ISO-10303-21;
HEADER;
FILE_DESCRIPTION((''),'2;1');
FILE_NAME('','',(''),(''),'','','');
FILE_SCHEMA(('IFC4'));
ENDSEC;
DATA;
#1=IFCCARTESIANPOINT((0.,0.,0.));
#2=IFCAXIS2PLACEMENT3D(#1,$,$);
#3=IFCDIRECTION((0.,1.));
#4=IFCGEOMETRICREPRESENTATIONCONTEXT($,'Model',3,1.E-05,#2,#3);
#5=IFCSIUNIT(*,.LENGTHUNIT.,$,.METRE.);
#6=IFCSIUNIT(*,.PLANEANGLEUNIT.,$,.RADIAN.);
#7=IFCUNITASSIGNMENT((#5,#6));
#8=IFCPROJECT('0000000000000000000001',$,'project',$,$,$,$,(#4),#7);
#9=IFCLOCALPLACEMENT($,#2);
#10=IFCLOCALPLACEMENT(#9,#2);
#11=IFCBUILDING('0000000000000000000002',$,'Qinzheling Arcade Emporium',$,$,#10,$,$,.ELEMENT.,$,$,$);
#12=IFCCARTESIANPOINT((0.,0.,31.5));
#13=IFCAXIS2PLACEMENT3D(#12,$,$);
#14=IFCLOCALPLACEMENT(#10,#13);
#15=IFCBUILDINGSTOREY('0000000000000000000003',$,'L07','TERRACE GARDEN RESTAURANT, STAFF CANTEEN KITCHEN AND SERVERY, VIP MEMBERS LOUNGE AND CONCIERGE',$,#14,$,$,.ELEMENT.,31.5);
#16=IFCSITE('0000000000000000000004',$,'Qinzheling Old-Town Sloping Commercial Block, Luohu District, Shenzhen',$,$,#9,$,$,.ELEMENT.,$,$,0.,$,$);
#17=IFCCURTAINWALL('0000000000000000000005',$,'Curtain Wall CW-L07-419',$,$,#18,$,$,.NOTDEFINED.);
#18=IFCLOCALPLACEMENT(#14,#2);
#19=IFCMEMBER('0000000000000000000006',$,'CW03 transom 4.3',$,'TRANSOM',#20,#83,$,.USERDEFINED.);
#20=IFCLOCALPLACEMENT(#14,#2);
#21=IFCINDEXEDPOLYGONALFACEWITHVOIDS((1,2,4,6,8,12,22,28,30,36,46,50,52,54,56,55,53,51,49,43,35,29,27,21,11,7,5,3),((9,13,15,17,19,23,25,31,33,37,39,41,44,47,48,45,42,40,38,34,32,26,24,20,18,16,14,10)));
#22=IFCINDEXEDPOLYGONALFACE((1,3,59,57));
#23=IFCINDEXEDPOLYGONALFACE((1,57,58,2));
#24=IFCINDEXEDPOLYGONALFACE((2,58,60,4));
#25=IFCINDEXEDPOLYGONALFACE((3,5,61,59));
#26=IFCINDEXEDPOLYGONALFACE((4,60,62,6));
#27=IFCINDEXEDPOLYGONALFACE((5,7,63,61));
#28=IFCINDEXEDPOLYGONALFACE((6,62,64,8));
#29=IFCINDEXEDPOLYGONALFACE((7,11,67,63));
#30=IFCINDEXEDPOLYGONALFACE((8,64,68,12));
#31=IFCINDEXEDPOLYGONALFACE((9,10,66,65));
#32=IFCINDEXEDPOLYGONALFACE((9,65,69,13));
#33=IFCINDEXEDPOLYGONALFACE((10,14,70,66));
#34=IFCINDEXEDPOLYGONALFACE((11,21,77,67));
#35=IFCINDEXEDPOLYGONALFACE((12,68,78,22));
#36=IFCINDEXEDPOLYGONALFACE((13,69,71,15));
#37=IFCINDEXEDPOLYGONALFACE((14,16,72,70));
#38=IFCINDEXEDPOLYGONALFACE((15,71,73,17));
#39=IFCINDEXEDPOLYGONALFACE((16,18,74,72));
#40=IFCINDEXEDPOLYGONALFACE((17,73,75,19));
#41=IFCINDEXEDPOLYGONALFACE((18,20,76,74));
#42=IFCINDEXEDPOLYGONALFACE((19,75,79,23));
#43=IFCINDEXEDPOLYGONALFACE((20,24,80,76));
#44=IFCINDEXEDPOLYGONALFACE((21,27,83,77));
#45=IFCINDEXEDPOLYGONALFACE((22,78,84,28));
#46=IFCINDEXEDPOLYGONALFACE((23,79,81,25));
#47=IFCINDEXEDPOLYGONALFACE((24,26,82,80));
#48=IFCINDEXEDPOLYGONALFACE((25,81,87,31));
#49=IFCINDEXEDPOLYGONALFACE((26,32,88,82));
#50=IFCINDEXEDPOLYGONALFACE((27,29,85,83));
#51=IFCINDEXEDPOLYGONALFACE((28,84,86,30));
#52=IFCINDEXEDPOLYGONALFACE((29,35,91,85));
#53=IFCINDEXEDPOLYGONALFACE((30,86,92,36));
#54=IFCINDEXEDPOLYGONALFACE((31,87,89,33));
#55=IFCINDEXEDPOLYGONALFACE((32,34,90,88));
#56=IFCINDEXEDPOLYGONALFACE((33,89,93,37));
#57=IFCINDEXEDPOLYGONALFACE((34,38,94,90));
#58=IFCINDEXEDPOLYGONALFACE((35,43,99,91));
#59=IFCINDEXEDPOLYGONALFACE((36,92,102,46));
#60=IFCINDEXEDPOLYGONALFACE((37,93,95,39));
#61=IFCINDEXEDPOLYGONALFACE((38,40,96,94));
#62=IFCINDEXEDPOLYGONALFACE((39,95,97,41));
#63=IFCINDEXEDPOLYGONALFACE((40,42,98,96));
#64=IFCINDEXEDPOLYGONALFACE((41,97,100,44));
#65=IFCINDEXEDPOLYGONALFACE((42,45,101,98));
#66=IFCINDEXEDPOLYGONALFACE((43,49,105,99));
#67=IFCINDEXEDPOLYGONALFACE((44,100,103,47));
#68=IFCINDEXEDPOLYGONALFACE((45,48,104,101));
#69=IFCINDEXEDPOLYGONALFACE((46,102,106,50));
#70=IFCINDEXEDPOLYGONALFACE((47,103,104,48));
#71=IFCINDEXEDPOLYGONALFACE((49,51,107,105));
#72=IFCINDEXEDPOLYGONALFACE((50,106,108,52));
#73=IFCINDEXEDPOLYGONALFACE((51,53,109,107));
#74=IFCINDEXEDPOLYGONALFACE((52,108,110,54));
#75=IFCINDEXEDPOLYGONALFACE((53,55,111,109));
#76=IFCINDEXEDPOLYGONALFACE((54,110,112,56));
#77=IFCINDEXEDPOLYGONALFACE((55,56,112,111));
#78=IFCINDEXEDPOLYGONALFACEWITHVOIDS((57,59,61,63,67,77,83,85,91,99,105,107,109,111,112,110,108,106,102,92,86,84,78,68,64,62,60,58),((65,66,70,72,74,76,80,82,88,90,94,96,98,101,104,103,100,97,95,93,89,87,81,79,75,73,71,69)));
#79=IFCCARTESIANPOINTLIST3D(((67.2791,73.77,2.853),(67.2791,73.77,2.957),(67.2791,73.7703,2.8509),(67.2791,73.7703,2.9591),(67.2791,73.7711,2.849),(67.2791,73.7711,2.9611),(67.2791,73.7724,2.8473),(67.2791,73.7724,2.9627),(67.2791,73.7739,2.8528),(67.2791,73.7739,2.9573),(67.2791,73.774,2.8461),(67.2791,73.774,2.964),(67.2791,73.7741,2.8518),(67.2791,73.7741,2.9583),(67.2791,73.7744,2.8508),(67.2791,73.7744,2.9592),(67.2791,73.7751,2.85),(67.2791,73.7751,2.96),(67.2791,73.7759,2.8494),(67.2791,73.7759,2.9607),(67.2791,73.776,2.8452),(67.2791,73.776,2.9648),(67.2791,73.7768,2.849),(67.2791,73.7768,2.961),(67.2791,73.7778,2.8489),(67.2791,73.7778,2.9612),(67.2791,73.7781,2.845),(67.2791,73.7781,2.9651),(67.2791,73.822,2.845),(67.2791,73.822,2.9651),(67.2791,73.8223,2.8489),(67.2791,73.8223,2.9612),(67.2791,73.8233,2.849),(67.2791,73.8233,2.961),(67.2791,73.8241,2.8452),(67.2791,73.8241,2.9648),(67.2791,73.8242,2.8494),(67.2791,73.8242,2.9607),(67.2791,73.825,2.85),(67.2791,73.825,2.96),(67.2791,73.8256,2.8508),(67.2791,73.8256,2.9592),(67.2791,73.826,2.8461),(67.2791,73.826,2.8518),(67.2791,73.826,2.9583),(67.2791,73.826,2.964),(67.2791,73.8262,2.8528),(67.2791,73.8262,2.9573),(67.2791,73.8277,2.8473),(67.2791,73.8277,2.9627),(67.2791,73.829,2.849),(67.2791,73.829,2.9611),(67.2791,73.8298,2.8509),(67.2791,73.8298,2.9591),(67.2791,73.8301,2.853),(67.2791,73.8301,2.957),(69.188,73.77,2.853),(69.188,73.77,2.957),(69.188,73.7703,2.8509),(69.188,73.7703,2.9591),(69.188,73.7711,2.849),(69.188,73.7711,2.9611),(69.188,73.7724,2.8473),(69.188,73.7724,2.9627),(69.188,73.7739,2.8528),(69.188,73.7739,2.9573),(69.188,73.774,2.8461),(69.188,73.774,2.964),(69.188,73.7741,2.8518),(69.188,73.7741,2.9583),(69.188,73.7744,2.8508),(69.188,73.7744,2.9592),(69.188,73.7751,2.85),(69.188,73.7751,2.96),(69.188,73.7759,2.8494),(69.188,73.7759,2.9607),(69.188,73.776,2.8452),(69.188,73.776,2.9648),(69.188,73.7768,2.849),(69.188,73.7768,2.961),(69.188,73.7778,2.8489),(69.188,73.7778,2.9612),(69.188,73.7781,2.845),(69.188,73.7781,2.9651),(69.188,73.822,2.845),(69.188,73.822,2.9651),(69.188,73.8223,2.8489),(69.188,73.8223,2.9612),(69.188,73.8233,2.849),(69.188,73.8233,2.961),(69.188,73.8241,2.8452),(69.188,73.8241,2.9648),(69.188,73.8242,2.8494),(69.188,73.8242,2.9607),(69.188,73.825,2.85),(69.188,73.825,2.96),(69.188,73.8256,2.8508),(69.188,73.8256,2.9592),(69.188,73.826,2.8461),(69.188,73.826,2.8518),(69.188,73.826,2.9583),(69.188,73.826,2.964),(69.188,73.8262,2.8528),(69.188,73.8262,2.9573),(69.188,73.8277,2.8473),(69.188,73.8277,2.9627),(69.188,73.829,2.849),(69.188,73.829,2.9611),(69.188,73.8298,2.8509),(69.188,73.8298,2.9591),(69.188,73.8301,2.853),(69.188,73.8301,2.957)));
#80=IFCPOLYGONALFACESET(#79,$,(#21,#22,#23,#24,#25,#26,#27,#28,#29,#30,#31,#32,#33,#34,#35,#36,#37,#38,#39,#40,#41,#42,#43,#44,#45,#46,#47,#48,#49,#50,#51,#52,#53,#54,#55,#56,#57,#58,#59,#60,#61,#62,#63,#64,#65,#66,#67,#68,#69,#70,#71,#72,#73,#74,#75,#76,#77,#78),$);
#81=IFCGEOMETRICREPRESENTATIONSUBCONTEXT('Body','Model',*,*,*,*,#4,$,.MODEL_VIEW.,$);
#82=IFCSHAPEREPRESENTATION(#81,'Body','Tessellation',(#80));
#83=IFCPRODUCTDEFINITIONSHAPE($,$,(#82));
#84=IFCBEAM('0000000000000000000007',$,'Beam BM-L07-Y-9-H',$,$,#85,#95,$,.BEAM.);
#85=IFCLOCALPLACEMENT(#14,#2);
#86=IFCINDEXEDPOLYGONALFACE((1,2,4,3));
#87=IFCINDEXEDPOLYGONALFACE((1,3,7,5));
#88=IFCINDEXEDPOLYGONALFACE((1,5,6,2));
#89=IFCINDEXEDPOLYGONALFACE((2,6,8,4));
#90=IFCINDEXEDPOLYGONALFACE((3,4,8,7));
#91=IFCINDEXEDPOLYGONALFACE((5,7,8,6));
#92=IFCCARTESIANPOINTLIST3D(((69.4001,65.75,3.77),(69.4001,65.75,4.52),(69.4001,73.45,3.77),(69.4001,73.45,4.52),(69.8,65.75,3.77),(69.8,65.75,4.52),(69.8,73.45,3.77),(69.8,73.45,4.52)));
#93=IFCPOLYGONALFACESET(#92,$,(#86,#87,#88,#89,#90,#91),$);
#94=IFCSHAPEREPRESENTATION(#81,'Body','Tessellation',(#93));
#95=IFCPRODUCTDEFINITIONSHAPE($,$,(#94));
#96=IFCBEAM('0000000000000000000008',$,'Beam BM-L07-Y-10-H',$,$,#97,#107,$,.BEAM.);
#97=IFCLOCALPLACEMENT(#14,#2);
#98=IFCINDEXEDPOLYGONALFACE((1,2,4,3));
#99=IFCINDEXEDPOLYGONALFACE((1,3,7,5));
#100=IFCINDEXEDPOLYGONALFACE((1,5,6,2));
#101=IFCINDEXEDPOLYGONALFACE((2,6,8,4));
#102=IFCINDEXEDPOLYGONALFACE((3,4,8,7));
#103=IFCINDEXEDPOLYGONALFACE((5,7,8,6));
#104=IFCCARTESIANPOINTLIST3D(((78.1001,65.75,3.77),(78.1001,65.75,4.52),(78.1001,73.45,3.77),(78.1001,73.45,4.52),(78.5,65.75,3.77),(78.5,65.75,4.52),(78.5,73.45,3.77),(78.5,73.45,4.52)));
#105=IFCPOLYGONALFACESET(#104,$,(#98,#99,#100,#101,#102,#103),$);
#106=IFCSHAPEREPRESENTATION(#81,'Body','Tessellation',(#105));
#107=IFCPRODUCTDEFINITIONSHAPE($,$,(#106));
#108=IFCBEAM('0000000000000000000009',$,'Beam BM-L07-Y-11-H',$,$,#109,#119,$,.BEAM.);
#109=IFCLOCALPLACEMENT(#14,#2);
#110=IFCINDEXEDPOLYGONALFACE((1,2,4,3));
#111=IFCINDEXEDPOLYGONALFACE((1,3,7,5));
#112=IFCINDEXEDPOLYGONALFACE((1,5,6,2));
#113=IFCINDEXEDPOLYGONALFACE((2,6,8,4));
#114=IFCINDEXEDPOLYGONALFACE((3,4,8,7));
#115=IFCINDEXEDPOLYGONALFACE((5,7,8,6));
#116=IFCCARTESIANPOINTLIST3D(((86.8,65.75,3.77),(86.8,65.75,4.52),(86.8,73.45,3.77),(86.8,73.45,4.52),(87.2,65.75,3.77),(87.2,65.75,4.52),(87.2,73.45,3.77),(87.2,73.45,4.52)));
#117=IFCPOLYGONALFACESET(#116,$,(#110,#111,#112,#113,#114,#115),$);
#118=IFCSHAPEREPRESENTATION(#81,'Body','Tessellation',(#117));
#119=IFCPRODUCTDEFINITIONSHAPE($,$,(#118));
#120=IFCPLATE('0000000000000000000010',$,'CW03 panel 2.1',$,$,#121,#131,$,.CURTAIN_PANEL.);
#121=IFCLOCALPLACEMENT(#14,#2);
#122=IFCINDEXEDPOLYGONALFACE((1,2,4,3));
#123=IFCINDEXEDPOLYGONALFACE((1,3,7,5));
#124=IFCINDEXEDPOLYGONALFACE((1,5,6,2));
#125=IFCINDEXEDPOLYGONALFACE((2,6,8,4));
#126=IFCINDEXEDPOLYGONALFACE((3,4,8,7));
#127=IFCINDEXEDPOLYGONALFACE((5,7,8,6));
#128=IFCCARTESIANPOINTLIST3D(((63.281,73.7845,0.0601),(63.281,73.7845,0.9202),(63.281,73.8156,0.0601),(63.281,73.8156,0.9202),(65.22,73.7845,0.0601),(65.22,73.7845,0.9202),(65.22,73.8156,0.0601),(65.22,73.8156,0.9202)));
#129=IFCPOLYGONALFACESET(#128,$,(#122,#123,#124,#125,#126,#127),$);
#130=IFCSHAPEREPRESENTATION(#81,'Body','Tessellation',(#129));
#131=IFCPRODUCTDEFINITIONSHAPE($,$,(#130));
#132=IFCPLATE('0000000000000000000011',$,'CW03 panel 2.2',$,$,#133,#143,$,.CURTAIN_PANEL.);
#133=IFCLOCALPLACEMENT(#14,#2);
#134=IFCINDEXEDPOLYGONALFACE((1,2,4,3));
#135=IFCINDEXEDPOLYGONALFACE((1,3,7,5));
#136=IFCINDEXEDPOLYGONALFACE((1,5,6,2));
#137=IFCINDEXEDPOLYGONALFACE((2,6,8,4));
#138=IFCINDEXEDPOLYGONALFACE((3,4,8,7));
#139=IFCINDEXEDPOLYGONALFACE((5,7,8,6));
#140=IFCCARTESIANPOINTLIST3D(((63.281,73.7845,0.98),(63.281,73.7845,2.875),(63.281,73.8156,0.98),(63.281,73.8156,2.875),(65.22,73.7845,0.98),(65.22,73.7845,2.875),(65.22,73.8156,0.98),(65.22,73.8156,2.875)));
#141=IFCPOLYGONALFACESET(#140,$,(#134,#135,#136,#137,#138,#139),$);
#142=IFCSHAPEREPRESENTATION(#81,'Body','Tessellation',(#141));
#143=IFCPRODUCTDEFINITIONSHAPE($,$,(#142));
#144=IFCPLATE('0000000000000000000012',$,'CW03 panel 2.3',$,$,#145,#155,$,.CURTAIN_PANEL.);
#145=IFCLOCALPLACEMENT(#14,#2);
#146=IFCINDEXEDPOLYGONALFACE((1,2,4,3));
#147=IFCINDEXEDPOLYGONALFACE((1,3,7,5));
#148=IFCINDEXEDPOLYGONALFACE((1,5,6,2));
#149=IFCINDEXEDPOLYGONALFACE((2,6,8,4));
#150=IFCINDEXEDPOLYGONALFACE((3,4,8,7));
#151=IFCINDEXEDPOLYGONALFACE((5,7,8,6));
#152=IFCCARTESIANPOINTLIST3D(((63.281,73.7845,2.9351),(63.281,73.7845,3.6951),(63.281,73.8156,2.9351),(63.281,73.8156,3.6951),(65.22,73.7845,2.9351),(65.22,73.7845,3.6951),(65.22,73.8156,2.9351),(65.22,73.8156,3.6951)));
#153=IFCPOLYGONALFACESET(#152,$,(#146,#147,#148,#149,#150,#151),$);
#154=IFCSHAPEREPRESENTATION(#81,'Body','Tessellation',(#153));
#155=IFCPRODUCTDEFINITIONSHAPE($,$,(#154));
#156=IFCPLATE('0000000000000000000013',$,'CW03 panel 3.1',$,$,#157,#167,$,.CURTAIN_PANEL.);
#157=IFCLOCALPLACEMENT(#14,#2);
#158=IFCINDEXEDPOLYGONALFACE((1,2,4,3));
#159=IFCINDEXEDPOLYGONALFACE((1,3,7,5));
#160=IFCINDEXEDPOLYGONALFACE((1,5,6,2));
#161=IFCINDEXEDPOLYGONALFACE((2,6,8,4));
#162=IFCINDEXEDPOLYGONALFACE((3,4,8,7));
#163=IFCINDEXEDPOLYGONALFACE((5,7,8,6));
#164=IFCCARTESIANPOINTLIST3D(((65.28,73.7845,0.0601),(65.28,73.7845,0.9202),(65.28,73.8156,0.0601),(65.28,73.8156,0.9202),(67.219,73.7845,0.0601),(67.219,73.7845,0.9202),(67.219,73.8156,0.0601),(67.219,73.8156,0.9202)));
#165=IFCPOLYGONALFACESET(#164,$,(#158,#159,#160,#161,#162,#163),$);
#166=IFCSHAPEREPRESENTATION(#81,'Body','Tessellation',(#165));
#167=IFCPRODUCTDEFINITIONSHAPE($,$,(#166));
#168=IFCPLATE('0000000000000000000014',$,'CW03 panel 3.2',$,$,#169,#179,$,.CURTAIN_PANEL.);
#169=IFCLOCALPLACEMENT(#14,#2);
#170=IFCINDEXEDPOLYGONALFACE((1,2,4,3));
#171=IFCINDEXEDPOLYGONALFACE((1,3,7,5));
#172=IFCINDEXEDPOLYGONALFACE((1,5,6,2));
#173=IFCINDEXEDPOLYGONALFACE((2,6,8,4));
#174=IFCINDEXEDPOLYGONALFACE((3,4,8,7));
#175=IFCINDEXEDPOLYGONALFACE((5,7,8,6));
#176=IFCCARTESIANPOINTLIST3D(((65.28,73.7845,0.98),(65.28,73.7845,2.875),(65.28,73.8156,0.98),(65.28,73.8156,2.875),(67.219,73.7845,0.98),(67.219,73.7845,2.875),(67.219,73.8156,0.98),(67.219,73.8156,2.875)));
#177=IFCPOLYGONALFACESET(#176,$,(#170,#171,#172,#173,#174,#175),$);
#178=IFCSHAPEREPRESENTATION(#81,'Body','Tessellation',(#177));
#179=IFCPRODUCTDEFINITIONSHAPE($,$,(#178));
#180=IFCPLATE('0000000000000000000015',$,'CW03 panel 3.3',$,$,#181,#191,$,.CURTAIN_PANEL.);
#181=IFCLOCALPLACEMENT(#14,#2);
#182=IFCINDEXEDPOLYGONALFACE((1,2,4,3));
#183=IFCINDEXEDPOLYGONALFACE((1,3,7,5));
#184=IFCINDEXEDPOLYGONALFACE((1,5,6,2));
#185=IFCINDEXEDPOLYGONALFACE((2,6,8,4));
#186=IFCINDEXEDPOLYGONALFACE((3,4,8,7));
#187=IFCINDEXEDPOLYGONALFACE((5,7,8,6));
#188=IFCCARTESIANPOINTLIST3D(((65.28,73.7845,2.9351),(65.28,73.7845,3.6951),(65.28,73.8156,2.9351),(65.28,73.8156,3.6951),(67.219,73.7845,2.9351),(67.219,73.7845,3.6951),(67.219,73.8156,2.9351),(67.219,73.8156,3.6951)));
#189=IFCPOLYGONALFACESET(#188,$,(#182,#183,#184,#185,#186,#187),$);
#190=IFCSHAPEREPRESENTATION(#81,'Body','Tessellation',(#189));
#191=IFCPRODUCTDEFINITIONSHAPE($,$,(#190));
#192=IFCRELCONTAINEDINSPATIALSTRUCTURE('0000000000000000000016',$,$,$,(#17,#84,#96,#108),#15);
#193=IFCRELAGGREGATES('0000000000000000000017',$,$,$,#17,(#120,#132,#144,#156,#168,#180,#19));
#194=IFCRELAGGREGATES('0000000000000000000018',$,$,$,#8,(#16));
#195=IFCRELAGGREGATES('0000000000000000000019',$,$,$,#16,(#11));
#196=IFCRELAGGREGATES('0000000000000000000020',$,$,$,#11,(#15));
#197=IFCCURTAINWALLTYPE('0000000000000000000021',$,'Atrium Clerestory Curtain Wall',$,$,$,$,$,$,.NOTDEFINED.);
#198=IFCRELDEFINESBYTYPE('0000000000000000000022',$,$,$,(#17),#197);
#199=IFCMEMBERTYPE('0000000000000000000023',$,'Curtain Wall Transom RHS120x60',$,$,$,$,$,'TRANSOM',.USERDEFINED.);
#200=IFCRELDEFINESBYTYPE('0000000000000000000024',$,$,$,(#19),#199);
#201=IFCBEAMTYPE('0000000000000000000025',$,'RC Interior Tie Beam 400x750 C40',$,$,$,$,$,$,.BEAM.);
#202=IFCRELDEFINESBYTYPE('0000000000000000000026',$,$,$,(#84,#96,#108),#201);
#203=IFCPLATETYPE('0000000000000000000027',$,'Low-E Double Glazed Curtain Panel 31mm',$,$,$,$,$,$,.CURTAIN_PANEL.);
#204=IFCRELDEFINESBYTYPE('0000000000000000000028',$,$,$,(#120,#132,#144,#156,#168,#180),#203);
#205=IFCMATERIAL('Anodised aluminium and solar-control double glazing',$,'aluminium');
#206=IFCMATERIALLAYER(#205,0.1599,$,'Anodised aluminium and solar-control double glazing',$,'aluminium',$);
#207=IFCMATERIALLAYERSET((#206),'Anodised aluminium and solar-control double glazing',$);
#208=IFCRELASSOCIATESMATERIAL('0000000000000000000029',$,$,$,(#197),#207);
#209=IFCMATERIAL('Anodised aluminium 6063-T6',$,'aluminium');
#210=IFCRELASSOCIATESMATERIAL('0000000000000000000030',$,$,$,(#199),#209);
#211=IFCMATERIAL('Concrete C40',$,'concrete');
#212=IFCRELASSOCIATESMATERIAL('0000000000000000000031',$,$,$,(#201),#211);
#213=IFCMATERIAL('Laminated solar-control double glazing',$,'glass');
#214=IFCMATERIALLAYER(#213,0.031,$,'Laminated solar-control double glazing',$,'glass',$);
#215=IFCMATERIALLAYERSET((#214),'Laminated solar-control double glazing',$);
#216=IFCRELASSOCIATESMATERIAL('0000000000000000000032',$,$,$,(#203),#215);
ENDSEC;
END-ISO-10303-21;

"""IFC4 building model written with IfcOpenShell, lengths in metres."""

from ifc_helpers import new_model, si_unit, direction, frame, origin, origin_2d, place, context, subcontext, project, spatial, rectangle, hollow_rectangle, extrude, material, layer, layer_set, material_profile, profile_set, type_object, element, aggregate, save


model = new_model("IFC4")

# Units and contexts
model_context = context("Model", 3, precision=1e-05, world=origin(), true_north=direction((0.0, 1.0)))
body_context = subcontext(model_context, "Body", "Model", "MODEL_VIEW")
ifc_project = project(units=[si_unit("LENGTHUNIT", "METRE"), si_unit("PLANEANGLEUNIT", "RADIAN")], contexts=[model_context])

# Site, building, storey
site_placement = place(None, origin())
site = spatial("IfcSite", under=ifc_project, at=site_placement, Name="Qinzheling Old-Town Sloping Commercial Block, Luohu District, Shenzhen", CompositionType="ELEMENT", RefElevation=0.0)
building_placement = place(site_placement, origin())
building = spatial("IfcBuilding", under=site, at=building_placement, Name="Qinzheling Arcade Emporium", CompositionType="ELEMENT")
storey_placement = place(building_placement, frame((0.0, 0.0, 31.5)))
storey = spatial("IfcBuildingStorey", under=building, at=storey_placement, Name="L07", Description="TERRACE GARDEN RESTAURANT, STAFF CANTEEN KITCHEN AND SERVERY, VIP MEMBERS LOUNGE AND CONCIERGE", CompositionType="ELEMENT", Elevation=31.5)

# Curtain wall, member
ifc_material_1 = material(Name="Anodised aluminium and solar-control double glazing", Category="aluminium")
ifc_layer_1 = layer(ifc_material_1, 0.1599, Name="Anodised aluminium and solar-control double glazing", Category="aluminium")
ifc_layer_set_1 = layer_set([ifc_layer_1], Name="Anodised aluminium and solar-control double glazing")
curtain_wall_type = type_object("IfcCurtainWallType", Name="Atrium Clerestory Curtain Wall", PredefinedType="NOTDEFINED", material=ifc_layer_set_1)
curtain_wall_placement = place(storey_placement, origin())
curtain_wall = element("IfcCurtainWall", 1, at=curtain_wall_placement, inside=storey, type_object=curtain_wall_type, Name="Curtain Wall CW-L07-419", PredefinedType="NOTDEFINED")
ifc_material_2 = material(Name="Anodised aluminium 6063-T6", Category="aluminium")
ifc_material_profile_1 = material_profile(ifc_material_2, hollow_rectangle(XDim=0.0601, YDim=0.1201, WallThickness=0.0039, InnerFilletRadius=0.0039, OuterFilletRadius=0.0081, at=origin_2d()), Name="RHS 120x60x4", Category="aluminium")
ifc_profile_set_1 = profile_set([ifc_material_profile_1], Name="Anodised aluminium 6063-T6")
member_type_1 = type_object("IfcMemberType", Name="Curtain Wall Transom RHS120x60", ElementType="TRANSOM", PredefinedType="USERDEFINED", material=ifc_profile_set_1)
member_1_placement = place(storey_placement, frame((67.2791, 73.8, 2.905), z_axis=(1.0, 0.0, 0.0), x_axis=(0.0, 1.0, 0.0)))
member_1 = element("IfcMember", 2, at=member_1_placement, type_object=member_type_1, Name="CW03 transom 4.3", ObjectType="TRANSOM", PredefinedType="USERDEFINED", context=body_context, shape_type="SweptSolid", body=[
    extrude(hollow_rectangle(XDim=0.0601, YDim=0.1201, WallThickness=0.0039, InnerFilletRadius=0.0039, OuterFilletRadius=0.0081, at=origin_2d()), origin(), (0.0, 0.0, 1.0), 1.9089),
])

# Beams
ifc_material_3 = material(Name="Concrete C40", Category="concrete")
ifc_material_profile_2 = material_profile(ifc_material_3, rectangle(XDim=0.3999, YDim=0.75, at=origin_2d()), Name="RC 400x750", Category="concrete")
ifc_profile_set_2 = profile_set([ifc_material_profile_2], Name="Concrete C40")
beam_type = type_object("IfcBeamType", Name="RC Interior Tie Beam 400x750 C40", PredefinedType="BEAM", material=ifc_profile_set_2)
for number, where, z_axis, x_axis, name in (
    (3, (69.6001, 65.75, 4.145), (0.0, 1.0, 0.0), (-1.0, 0.0, 0.0), "Beam BM-L07-Y-9-H"),
    (4, (78.3, 65.75, 4.145), (0.0, 1.0, 0.0), (-1.0, 0.0, 0.0), "Beam BM-L07-Y-10-H"),
    (5, (87.0, 65.75, 4.145), (0.0, 1.0, 0.0), (-1.0, 0.0, 0.0), "Beam BM-L07-Y-11-H"),
):
    element("IfcBeam", number, at=place(storey_placement, frame(where, z_axis=z_axis, x_axis=x_axis)), inside=storey, type_object=beam_type, Name=name, PredefinedType="BEAM", context=body_context, shape_type="SweptSolid", body=[
        extrude(rectangle(XDim=0.3999, YDim=0.75, at=origin_2d()), origin(), (0.0, 0.0, 1.0), 7.7),
    ])

# Plates
ifc_material_4 = material(Name="Laminated solar-control double glazing", Category="glass")
ifc_layer_2 = layer(ifc_material_4, 0.031, Name="Laminated solar-control double glazing", Category="glass")
ifc_layer_set_2 = layer_set([ifc_layer_2], Name="Laminated solar-control double glazing")
plate_type = type_object("IfcPlateType", Name="Low-E Double Glazed Curtain Panel 31mm", PredefinedType="CURTAIN_PANEL", material=ifc_layer_set_2)
plate_1_placement = place(storey_placement, frame((64.2505, 73.8, 0.0601), z_axis=(0.0, 0.0, 1.0), x_axis=(1.0, 0.0, 0.0)))
plate_1 = element("IfcPlate", 6, at=plate_1_placement, type_object=plate_type, Name="CW03 panel 2.1", PredefinedType="CURTAIN_PANEL", context=body_context, shape_type="SweptSolid", body=[
    extrude(rectangle(XDim=1.939, YDim=0.031, at=origin_2d()), origin(), (0.0, 0.0, 1.0), 0.8601),
])
plate_2_placement = place(storey_placement, frame((64.2505, 73.8, 0.98), z_axis=(0.0, 0.0, 1.0), x_axis=(1.0, 0.0, 0.0)))
plate_2 = element("IfcPlate", 7, at=plate_2_placement, type_object=plate_type, Name="CW03 panel 2.2", PredefinedType="CURTAIN_PANEL", context=body_context, shape_type="SweptSolid", body=[
    extrude(rectangle(XDim=1.939, YDim=0.031, at=origin_2d()), origin(), (0.0, 0.0, 1.0), 1.895),
])
plate_3_placement = place(storey_placement, frame((64.2505, 73.8, 2.9351), z_axis=(0.0, 0.0, 1.0), x_axis=(1.0, 0.0, 0.0)))
plate_3 = element("IfcPlate", 8, at=plate_3_placement, type_object=plate_type, Name="CW03 panel 2.3", PredefinedType="CURTAIN_PANEL", context=body_context, shape_type="SweptSolid", body=[
    extrude(rectangle(XDim=1.939, YDim=0.031, at=origin_2d()), origin(), (0.0, 0.0, 1.0), 0.76),
])
plate_4_placement = place(storey_placement, frame((66.2495, 73.8, 0.0601), z_axis=(0.0, 0.0, 1.0), x_axis=(1.0, 0.0, 0.0)))
plate_4 = element("IfcPlate", 9, at=plate_4_placement, type_object=plate_type, Name="CW03 panel 3.1", PredefinedType="CURTAIN_PANEL", context=body_context, shape_type="SweptSolid", body=[
    extrude(rectangle(XDim=1.939, YDim=0.031, at=origin_2d()), origin(), (0.0, 0.0, 1.0), 0.8601),
])
plate_5_placement = place(storey_placement, frame((66.2495, 73.8, 0.98), z_axis=(0.0, 0.0, 1.0), x_axis=(1.0, 0.0, 0.0)))
plate_5 = element("IfcPlate", 10, at=plate_5_placement, type_object=plate_type, Name="CW03 panel 3.2", PredefinedType="CURTAIN_PANEL", context=body_context, shape_type="SweptSolid", body=[
    extrude(rectangle(XDim=1.939, YDim=0.031, at=origin_2d()), origin(), (0.0, 0.0, 1.0), 1.895),
])
plate_6_placement = place(storey_placement, frame((66.2495, 73.8, 2.9351), z_axis=(0.0, 0.0, 1.0), x_axis=(1.0, 0.0, 0.0)))
plate_6 = element("IfcPlate", 11, at=plate_6_placement, type_object=plate_type, Name="CW03 panel 3.3", PredefinedType="CURTAIN_PANEL", context=body_context, shape_type="SweptSolid", body=[
    extrude(rectangle(XDim=1.939, YDim=0.031, at=origin_2d()), origin(), (0.0, 0.0, 1.0), 0.76),
])
aggregate(curtain_wall, [plate_1, plate_2, plate_3, plate_4, plate_5, plate_6, member_1])

save(model, "model.ifc")
